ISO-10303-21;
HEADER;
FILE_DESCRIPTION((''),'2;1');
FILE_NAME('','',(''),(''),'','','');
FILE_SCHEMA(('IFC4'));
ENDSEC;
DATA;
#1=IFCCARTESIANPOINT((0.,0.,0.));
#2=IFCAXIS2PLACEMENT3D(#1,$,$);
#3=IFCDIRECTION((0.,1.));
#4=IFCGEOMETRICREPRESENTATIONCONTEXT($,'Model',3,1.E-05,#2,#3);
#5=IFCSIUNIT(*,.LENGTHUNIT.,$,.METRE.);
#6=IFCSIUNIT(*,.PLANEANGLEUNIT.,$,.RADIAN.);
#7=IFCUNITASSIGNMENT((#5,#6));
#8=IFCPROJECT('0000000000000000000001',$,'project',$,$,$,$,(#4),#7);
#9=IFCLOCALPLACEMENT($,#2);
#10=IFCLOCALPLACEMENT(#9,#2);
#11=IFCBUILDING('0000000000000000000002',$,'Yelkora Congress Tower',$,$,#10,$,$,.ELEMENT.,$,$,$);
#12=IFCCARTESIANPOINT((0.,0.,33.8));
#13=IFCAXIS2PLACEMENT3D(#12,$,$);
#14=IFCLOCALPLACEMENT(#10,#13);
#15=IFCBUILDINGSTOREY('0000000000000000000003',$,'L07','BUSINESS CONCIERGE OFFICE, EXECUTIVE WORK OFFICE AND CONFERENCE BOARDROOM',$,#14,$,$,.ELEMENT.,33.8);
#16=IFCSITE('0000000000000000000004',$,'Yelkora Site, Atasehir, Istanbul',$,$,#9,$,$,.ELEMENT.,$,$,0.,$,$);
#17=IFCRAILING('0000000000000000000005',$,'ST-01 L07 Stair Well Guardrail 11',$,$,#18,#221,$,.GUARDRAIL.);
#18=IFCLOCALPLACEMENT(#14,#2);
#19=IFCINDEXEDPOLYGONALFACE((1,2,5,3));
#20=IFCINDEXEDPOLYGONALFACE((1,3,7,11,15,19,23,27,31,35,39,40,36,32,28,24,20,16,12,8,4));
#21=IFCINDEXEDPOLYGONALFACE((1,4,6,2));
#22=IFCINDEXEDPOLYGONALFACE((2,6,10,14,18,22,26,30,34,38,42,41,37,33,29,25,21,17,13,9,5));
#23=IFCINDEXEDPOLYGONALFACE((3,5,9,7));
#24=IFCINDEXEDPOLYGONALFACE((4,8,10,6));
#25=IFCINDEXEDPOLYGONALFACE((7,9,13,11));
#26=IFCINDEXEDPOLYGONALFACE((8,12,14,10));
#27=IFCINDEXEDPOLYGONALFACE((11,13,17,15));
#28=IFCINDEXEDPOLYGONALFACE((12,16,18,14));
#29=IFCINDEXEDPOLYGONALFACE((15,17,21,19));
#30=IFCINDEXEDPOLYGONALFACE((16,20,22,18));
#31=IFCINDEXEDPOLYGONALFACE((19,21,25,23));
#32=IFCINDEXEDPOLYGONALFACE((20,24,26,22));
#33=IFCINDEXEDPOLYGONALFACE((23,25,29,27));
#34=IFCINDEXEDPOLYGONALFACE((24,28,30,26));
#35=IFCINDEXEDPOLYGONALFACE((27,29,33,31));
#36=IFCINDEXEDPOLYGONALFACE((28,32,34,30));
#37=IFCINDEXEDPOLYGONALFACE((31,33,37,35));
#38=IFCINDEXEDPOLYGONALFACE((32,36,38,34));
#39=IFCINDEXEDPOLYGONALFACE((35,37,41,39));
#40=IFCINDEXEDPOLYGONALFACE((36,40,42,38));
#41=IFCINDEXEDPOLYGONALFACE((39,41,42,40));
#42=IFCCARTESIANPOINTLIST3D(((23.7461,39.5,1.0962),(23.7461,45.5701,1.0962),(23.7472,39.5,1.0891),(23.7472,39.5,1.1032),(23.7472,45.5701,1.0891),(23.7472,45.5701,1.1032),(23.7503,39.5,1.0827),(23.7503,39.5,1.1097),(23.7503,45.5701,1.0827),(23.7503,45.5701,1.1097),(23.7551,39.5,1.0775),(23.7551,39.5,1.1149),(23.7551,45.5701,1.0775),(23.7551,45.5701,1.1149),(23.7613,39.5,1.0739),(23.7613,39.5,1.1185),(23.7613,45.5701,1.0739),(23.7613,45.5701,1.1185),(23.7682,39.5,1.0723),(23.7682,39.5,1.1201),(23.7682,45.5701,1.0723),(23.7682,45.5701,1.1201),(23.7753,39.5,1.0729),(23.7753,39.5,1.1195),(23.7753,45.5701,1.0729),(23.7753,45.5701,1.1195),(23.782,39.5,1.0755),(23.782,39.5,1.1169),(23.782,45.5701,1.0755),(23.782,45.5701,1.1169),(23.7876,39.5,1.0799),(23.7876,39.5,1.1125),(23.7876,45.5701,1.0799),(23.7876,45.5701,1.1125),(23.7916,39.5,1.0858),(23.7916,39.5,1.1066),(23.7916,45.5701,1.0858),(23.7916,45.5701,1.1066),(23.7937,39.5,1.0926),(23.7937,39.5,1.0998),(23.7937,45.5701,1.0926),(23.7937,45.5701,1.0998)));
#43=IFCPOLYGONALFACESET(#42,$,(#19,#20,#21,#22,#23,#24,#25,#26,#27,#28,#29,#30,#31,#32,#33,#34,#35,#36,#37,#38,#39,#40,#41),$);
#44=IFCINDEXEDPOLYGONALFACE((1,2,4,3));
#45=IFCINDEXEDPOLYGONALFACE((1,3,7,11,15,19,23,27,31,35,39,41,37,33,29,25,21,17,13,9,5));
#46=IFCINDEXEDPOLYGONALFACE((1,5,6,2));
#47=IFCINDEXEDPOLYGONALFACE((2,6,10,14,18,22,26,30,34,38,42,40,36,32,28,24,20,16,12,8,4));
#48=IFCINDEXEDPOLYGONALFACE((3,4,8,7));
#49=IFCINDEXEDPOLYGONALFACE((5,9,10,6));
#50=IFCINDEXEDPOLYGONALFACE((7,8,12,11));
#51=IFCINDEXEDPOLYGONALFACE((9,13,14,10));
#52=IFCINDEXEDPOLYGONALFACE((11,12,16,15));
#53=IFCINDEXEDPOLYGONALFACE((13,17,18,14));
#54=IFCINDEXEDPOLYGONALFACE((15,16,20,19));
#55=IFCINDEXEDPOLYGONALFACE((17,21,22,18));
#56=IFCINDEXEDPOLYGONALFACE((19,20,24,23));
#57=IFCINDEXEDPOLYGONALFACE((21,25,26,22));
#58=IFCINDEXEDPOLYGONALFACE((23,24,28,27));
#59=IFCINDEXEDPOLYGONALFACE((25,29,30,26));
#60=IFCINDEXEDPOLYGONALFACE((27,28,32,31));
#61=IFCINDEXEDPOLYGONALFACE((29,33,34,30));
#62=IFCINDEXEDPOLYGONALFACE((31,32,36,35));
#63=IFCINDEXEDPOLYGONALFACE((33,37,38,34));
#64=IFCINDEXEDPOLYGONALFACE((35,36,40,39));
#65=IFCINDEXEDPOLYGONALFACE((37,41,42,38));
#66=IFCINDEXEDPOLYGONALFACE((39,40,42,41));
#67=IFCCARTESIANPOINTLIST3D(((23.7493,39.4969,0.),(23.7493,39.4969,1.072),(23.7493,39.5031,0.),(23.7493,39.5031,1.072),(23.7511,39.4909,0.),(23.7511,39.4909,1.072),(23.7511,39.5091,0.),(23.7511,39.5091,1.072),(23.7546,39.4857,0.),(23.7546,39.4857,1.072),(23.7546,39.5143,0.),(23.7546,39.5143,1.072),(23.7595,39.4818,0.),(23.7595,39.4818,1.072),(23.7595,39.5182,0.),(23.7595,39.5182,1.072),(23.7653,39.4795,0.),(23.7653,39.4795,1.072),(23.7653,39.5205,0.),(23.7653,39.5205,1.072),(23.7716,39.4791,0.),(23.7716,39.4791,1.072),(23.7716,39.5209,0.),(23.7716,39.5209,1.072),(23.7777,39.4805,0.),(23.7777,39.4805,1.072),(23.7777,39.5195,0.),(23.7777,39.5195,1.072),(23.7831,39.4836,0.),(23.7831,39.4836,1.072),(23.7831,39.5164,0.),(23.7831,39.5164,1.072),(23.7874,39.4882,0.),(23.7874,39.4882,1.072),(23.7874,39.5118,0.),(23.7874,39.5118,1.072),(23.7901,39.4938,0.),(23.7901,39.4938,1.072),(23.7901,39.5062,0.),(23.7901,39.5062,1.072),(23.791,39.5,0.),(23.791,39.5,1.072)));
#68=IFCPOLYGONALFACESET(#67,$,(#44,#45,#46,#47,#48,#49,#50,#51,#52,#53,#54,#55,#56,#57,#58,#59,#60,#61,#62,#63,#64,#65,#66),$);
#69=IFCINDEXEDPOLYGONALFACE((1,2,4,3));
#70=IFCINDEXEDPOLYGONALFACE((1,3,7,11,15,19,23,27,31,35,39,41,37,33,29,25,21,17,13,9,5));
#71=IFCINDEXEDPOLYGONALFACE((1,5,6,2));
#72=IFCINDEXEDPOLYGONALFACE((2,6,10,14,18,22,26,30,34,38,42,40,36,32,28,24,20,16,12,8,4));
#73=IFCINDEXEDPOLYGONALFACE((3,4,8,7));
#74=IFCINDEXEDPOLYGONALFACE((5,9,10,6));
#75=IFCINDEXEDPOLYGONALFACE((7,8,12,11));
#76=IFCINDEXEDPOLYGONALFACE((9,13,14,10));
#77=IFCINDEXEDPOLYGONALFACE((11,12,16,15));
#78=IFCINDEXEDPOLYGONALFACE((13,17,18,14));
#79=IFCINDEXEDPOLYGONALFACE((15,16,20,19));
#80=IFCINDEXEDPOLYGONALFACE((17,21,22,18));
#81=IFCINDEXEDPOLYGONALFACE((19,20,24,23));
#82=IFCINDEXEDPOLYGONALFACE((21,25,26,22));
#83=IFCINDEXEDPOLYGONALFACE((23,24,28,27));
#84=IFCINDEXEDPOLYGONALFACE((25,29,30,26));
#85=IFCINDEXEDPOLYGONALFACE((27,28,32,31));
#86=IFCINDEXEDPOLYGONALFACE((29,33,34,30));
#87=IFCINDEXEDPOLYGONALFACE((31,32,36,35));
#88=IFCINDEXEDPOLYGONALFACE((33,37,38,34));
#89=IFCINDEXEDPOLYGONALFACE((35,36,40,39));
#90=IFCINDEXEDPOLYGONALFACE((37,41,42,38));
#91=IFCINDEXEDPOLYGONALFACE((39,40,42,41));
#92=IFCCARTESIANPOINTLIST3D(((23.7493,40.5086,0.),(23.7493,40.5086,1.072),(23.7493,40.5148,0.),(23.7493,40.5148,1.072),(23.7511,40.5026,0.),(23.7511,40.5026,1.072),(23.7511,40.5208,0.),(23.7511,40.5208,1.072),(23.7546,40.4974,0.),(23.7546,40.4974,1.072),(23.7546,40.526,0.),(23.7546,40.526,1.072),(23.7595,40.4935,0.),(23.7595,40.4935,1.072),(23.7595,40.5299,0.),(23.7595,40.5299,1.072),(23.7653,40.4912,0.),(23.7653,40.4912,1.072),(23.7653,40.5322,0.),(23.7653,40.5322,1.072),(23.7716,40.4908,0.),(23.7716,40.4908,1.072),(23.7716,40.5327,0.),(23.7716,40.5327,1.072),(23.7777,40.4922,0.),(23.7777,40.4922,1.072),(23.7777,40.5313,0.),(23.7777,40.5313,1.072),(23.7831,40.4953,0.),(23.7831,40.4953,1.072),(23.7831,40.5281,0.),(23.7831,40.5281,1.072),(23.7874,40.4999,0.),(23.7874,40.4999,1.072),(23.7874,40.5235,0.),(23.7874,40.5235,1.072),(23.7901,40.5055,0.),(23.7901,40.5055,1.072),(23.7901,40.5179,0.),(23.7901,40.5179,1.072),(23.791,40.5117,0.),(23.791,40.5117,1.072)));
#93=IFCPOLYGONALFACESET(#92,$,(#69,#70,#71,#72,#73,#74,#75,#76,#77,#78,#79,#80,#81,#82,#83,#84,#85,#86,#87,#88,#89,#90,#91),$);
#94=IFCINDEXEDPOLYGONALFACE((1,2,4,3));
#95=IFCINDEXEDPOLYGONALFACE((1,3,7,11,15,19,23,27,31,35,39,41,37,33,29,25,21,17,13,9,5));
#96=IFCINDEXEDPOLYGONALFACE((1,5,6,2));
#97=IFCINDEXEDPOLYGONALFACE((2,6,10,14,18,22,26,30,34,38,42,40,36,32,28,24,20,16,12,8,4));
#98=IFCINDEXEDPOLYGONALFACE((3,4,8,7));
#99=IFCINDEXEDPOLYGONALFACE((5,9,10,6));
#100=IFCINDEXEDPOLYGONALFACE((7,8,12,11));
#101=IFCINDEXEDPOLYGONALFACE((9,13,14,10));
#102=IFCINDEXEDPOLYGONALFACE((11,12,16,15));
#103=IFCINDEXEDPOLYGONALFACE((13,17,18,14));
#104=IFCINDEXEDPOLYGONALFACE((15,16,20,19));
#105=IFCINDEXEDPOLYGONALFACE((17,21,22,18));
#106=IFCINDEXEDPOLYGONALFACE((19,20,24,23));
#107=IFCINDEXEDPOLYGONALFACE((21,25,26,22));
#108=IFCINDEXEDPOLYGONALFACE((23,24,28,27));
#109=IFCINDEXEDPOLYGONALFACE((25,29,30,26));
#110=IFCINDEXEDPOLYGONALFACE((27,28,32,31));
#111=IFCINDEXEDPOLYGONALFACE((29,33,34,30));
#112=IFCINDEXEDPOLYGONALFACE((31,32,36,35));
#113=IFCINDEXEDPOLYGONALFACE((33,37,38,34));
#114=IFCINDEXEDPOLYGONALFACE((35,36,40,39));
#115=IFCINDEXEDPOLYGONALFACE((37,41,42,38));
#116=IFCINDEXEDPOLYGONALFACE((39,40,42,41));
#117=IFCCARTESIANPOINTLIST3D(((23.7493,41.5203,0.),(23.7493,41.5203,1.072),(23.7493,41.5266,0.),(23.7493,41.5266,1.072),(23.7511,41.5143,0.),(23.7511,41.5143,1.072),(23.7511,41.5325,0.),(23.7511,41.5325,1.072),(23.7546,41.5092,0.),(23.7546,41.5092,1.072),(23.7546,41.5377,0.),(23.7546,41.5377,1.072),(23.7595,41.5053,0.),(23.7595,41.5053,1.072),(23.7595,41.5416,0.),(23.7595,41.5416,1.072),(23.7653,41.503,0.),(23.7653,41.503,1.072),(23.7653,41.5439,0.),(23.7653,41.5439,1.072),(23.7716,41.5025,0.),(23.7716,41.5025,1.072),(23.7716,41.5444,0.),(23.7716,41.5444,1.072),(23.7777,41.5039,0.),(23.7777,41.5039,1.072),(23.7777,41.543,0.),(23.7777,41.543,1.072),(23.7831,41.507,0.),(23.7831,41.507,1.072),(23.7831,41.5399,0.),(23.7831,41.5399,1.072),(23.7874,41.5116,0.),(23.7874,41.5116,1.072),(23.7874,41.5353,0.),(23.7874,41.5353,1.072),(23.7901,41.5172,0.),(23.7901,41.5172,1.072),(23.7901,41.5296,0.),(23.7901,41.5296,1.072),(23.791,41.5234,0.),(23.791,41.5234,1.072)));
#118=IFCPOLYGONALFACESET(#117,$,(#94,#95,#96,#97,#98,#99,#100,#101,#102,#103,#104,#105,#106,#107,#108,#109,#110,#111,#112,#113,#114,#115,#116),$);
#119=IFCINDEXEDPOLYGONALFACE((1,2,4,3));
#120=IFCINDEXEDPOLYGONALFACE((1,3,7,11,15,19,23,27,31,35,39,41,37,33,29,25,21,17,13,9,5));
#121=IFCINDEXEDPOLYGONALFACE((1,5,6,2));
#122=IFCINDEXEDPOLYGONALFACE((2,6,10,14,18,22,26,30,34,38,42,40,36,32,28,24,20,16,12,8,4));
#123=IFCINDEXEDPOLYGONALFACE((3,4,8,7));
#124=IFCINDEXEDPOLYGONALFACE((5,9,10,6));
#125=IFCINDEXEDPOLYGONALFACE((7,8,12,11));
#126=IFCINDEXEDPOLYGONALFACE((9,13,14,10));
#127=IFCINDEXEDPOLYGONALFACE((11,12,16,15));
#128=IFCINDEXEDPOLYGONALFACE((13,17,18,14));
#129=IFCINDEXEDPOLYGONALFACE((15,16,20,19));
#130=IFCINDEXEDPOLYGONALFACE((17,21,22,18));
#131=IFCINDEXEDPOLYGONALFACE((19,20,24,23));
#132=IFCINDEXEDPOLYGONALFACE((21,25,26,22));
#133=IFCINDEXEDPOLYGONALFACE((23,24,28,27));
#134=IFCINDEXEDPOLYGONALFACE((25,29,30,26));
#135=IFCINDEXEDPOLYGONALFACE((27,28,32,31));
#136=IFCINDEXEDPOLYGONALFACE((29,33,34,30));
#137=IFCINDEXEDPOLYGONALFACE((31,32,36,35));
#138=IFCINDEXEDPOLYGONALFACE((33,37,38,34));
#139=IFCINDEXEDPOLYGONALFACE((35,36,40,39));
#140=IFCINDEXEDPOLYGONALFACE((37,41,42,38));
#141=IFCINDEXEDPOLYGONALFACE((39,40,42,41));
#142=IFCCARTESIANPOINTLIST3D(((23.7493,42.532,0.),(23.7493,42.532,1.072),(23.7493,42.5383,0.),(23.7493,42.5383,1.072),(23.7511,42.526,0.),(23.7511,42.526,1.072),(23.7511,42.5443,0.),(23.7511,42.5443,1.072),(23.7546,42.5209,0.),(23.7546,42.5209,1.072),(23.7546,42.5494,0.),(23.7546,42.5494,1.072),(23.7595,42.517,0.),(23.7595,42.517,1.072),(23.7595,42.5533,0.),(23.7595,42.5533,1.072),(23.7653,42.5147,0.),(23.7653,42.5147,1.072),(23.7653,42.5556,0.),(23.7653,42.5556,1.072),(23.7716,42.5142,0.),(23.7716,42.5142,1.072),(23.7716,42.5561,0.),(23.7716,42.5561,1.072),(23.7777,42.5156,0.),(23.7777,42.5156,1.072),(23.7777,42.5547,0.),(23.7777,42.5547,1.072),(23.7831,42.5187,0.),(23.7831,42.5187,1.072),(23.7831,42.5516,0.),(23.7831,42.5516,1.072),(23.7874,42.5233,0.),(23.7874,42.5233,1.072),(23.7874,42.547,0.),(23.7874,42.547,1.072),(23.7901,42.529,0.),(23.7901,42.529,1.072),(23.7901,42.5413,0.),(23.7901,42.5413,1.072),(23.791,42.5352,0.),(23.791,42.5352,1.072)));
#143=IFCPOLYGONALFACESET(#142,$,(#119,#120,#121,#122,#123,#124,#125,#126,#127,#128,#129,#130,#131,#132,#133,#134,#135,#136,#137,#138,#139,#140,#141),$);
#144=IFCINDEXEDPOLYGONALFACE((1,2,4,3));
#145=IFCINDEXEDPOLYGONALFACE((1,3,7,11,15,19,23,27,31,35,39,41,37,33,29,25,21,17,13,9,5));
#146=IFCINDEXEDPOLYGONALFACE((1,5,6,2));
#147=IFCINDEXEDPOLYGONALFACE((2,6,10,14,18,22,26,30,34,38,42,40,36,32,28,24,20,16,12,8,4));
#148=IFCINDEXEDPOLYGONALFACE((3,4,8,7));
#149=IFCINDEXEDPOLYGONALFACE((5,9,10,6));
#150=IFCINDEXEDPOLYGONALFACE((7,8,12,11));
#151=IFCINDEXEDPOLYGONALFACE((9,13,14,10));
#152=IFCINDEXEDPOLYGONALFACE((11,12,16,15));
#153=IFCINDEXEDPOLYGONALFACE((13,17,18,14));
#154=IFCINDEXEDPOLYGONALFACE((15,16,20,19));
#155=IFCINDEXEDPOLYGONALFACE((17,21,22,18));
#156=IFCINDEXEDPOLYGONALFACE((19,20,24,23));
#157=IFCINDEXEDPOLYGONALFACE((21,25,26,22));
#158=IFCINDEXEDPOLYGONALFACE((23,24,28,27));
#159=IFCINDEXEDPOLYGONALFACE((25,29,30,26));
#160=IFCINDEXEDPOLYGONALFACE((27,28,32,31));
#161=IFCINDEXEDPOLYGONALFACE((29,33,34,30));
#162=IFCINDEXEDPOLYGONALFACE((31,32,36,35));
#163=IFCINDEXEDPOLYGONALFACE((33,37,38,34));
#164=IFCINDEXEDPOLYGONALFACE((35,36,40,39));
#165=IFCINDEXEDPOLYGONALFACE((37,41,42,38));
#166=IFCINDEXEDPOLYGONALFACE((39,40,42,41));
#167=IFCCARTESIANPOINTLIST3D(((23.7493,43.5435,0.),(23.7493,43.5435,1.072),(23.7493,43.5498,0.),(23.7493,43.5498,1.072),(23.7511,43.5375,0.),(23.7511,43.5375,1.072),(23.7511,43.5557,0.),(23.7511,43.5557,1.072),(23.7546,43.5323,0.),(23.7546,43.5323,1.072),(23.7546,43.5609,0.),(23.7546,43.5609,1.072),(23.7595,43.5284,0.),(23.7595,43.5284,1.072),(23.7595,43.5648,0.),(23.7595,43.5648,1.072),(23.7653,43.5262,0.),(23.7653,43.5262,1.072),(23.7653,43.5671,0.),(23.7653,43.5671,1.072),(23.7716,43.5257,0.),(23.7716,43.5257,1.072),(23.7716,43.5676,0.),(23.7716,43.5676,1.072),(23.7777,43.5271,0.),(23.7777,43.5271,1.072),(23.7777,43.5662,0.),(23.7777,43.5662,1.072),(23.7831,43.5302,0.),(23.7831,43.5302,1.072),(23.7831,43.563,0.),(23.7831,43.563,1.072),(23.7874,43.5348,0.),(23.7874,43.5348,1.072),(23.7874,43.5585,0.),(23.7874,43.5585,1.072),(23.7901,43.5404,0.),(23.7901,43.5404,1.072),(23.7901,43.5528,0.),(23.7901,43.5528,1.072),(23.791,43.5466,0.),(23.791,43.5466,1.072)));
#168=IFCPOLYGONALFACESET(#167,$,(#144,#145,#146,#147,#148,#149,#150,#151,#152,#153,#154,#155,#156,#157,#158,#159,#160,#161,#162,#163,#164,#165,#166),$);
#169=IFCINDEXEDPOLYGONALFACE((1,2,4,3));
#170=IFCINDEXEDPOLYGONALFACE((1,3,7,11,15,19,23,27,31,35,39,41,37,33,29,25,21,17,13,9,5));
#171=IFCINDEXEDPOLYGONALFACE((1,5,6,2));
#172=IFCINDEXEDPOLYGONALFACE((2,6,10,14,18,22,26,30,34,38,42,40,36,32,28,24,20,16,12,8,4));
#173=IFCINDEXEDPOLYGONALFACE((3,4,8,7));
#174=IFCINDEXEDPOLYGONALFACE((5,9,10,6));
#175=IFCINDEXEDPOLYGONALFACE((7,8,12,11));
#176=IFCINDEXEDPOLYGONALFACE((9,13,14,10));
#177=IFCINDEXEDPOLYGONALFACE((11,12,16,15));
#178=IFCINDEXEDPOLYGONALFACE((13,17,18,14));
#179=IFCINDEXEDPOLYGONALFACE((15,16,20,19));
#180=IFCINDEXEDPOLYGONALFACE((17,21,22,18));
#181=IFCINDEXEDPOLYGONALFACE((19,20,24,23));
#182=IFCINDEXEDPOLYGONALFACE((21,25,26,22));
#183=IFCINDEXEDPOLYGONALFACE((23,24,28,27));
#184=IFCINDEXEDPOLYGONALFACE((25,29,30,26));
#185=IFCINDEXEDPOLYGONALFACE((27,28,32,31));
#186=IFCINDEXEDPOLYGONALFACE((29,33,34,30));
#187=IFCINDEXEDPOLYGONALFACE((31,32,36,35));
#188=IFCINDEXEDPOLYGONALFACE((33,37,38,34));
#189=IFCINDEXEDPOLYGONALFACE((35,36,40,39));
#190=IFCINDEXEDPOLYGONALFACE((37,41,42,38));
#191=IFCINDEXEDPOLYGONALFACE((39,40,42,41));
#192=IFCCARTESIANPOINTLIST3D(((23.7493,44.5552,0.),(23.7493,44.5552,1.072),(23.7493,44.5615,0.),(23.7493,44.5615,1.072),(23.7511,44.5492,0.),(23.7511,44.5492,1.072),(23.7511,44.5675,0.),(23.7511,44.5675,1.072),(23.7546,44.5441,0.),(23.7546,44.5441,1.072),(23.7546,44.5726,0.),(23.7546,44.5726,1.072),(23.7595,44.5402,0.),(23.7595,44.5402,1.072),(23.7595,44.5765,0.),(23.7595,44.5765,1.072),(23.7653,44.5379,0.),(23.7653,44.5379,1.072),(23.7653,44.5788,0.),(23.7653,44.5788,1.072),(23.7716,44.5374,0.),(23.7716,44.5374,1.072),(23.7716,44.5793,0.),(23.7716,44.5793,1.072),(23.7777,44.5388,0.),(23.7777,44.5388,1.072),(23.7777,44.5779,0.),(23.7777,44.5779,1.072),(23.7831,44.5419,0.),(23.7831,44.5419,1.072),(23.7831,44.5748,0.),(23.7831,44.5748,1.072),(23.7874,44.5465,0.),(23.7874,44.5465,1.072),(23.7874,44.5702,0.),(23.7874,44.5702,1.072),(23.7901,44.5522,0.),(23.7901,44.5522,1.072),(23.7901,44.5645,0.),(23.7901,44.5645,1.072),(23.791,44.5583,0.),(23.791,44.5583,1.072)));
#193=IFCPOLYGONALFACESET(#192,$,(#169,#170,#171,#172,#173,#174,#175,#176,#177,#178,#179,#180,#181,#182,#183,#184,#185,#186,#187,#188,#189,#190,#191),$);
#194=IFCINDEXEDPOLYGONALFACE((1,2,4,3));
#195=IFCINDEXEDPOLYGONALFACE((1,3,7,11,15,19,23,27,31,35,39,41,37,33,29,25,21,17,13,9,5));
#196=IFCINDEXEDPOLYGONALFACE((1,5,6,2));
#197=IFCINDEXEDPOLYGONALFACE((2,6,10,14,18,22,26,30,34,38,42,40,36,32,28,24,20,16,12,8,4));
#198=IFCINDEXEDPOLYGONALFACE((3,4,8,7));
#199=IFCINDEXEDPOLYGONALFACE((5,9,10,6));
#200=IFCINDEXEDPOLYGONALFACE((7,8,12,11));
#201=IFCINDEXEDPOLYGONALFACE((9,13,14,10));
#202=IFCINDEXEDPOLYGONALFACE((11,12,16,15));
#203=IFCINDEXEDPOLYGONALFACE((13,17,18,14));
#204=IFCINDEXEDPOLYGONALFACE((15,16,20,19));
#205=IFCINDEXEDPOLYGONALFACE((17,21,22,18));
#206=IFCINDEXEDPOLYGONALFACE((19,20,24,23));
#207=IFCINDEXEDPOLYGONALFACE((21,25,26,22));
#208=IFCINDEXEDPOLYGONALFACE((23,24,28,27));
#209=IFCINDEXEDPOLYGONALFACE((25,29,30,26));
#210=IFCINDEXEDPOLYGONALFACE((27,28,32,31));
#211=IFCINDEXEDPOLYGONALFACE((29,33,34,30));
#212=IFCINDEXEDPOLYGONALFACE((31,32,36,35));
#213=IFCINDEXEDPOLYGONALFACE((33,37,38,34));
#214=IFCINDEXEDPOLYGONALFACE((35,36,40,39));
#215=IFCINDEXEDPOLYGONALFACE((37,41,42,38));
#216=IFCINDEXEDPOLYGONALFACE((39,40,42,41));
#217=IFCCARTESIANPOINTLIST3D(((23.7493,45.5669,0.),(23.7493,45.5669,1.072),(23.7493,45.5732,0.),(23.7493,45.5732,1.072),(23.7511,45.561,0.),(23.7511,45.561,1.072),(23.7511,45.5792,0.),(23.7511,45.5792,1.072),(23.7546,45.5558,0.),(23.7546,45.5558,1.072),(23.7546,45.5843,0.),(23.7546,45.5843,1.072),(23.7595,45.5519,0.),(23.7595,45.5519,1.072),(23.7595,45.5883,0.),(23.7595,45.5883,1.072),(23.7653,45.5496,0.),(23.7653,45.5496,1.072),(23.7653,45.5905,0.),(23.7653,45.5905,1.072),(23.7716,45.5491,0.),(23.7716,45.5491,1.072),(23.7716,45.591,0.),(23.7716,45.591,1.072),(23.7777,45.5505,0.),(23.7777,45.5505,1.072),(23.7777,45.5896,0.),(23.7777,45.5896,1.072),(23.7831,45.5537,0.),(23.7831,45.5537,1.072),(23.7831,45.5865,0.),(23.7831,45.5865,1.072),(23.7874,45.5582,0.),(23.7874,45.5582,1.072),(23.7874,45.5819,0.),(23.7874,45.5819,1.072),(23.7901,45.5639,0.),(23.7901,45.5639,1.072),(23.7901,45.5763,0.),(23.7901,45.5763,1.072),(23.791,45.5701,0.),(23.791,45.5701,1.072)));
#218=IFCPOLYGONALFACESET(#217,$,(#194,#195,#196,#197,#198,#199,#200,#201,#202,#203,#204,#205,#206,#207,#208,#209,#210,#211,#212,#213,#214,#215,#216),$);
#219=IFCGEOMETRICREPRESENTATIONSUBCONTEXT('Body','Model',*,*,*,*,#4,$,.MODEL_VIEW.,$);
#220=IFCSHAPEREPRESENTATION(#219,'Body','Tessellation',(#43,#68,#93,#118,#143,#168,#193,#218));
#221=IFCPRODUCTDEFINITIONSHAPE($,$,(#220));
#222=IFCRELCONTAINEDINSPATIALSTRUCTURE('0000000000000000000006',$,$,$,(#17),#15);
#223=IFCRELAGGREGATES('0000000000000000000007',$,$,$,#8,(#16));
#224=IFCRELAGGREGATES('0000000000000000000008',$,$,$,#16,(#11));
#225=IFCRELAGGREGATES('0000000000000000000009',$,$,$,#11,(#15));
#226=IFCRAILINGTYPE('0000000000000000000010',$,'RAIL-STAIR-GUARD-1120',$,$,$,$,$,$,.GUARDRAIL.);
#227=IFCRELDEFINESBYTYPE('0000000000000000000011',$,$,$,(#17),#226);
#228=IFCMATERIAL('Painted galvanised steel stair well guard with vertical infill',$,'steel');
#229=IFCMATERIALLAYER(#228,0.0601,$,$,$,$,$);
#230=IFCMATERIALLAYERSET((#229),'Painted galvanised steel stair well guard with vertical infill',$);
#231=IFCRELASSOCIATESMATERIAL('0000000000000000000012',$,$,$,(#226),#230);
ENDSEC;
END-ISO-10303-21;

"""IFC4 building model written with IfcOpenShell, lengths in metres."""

from ifc_helpers import new_model, si_unit, direction, frame, origin, origin_2d, place, context, subcontext, project, spatial, circle, extrude, material, layer, layer_set, type_object, element, save


model = new_model("IFC4")

# Units and contexts
model_context = context("Model", 3, precision=1e-05, world=origin(), true_north=direction((0.0, 1.0)))
body_context = subcontext(model_context, "Body", "Model", "MODEL_VIEW")
ifc_project = project(units=[si_unit("LENGTHUNIT", "METRE"), si_unit("PLANEANGLEUNIT", "RADIAN")], contexts=[model_context])

# Site, building, storey
site_placement = place(None, origin())
site = spatial("IfcSite", under=ifc_project, at=site_placement, Name="Yelkora Site, Atasehir, Istanbul", CompositionType="ELEMENT", RefElevation=0.0)
building_placement = place(site_placement, origin())
building = spatial("IfcBuilding", under=site, at=building_placement, Name="Yelkora Congress Tower", CompositionType="ELEMENT")
storey_placement = place(building_placement, frame((0.0, 0.0, 33.8)))
storey = spatial("IfcBuildingStorey", under=building, at=storey_placement, Name="L07", Description="BUSINESS CONCIERGE OFFICE, EXECUTIVE WORK OFFICE AND CONFERENCE BOARDROOM", CompositionType="ELEMENT", Elevation=33.8)

# Railing
ifc_material_1 = material(Name="Painted galvanised steel stair well guard with vertical infill", Category="steel")
ifc_layer_1 = layer(ifc_material_1, 0.0601)
ifc_layer_set_1 = layer_set([ifc_layer_1], Name="Painted galvanised steel stair well guard with vertical infill")
railing_type = type_object("IfcRailingType", Name="RAIL-STAIR-GUARD-1120", PredefinedType="GUARDRAIL", material=ifc_layer_set_1)
railing_placement = place(storey_placement, frame((23.77, 39.5, 0.0)))
element("IfcRailing", 1, at=railing_placement, inside=storey, type_object=railing_type, Name="ST-01 L07 Stair Well Guardrail 11", PredefinedType="GUARDRAIL", context=body_context, shape_type="SweptSolid", body=[
    extrude(circle(Radius=0.0239, at=origin_2d()), frame((0.0, 0.0, 1.0962), z_axis=(0.0, 1.0, 0.0), x_axis=(-1.0, 0.0, 0.0)), (0.0, 0.0, 1.0), 6.0701),
    extrude(circle(Radius=0.021, at=origin_2d()), origin(), (0.0, 0.0, 1.0), 1.072),
    extrude(circle(Radius=0.021, at=origin_2d()), frame((0.0, 1.0117, 0.0)), (0.0, 0.0, 1.0), 1.072),
    extrude(circle(Radius=0.021, at=origin_2d()), frame((0.0, 2.0234, 0.0)), (0.0, 0.0, 1.0), 1.072),
    extrude(circle(Radius=0.021, at=origin_2d()), frame((0.0, 3.0352, 0.0)), (0.0, 0.0, 1.0), 1.072),
    extrude(circle(Radius=0.021, at=origin_2d()), frame((0.0, 4.0466, 0.0)), (0.0, 0.0, 1.0), 1.072),
    extrude(circle(Radius=0.021, at=origin_2d()), frame((0.0, 5.0583, 0.0)), (0.0, 0.0, 1.0), 1.072),
    extrude(circle(Radius=0.021, at=origin_2d()), frame((0.0, 6.0701, 0.0)), (0.0, 0.0, 1.0), 1.072),
])

save(model, "model.ifc")
